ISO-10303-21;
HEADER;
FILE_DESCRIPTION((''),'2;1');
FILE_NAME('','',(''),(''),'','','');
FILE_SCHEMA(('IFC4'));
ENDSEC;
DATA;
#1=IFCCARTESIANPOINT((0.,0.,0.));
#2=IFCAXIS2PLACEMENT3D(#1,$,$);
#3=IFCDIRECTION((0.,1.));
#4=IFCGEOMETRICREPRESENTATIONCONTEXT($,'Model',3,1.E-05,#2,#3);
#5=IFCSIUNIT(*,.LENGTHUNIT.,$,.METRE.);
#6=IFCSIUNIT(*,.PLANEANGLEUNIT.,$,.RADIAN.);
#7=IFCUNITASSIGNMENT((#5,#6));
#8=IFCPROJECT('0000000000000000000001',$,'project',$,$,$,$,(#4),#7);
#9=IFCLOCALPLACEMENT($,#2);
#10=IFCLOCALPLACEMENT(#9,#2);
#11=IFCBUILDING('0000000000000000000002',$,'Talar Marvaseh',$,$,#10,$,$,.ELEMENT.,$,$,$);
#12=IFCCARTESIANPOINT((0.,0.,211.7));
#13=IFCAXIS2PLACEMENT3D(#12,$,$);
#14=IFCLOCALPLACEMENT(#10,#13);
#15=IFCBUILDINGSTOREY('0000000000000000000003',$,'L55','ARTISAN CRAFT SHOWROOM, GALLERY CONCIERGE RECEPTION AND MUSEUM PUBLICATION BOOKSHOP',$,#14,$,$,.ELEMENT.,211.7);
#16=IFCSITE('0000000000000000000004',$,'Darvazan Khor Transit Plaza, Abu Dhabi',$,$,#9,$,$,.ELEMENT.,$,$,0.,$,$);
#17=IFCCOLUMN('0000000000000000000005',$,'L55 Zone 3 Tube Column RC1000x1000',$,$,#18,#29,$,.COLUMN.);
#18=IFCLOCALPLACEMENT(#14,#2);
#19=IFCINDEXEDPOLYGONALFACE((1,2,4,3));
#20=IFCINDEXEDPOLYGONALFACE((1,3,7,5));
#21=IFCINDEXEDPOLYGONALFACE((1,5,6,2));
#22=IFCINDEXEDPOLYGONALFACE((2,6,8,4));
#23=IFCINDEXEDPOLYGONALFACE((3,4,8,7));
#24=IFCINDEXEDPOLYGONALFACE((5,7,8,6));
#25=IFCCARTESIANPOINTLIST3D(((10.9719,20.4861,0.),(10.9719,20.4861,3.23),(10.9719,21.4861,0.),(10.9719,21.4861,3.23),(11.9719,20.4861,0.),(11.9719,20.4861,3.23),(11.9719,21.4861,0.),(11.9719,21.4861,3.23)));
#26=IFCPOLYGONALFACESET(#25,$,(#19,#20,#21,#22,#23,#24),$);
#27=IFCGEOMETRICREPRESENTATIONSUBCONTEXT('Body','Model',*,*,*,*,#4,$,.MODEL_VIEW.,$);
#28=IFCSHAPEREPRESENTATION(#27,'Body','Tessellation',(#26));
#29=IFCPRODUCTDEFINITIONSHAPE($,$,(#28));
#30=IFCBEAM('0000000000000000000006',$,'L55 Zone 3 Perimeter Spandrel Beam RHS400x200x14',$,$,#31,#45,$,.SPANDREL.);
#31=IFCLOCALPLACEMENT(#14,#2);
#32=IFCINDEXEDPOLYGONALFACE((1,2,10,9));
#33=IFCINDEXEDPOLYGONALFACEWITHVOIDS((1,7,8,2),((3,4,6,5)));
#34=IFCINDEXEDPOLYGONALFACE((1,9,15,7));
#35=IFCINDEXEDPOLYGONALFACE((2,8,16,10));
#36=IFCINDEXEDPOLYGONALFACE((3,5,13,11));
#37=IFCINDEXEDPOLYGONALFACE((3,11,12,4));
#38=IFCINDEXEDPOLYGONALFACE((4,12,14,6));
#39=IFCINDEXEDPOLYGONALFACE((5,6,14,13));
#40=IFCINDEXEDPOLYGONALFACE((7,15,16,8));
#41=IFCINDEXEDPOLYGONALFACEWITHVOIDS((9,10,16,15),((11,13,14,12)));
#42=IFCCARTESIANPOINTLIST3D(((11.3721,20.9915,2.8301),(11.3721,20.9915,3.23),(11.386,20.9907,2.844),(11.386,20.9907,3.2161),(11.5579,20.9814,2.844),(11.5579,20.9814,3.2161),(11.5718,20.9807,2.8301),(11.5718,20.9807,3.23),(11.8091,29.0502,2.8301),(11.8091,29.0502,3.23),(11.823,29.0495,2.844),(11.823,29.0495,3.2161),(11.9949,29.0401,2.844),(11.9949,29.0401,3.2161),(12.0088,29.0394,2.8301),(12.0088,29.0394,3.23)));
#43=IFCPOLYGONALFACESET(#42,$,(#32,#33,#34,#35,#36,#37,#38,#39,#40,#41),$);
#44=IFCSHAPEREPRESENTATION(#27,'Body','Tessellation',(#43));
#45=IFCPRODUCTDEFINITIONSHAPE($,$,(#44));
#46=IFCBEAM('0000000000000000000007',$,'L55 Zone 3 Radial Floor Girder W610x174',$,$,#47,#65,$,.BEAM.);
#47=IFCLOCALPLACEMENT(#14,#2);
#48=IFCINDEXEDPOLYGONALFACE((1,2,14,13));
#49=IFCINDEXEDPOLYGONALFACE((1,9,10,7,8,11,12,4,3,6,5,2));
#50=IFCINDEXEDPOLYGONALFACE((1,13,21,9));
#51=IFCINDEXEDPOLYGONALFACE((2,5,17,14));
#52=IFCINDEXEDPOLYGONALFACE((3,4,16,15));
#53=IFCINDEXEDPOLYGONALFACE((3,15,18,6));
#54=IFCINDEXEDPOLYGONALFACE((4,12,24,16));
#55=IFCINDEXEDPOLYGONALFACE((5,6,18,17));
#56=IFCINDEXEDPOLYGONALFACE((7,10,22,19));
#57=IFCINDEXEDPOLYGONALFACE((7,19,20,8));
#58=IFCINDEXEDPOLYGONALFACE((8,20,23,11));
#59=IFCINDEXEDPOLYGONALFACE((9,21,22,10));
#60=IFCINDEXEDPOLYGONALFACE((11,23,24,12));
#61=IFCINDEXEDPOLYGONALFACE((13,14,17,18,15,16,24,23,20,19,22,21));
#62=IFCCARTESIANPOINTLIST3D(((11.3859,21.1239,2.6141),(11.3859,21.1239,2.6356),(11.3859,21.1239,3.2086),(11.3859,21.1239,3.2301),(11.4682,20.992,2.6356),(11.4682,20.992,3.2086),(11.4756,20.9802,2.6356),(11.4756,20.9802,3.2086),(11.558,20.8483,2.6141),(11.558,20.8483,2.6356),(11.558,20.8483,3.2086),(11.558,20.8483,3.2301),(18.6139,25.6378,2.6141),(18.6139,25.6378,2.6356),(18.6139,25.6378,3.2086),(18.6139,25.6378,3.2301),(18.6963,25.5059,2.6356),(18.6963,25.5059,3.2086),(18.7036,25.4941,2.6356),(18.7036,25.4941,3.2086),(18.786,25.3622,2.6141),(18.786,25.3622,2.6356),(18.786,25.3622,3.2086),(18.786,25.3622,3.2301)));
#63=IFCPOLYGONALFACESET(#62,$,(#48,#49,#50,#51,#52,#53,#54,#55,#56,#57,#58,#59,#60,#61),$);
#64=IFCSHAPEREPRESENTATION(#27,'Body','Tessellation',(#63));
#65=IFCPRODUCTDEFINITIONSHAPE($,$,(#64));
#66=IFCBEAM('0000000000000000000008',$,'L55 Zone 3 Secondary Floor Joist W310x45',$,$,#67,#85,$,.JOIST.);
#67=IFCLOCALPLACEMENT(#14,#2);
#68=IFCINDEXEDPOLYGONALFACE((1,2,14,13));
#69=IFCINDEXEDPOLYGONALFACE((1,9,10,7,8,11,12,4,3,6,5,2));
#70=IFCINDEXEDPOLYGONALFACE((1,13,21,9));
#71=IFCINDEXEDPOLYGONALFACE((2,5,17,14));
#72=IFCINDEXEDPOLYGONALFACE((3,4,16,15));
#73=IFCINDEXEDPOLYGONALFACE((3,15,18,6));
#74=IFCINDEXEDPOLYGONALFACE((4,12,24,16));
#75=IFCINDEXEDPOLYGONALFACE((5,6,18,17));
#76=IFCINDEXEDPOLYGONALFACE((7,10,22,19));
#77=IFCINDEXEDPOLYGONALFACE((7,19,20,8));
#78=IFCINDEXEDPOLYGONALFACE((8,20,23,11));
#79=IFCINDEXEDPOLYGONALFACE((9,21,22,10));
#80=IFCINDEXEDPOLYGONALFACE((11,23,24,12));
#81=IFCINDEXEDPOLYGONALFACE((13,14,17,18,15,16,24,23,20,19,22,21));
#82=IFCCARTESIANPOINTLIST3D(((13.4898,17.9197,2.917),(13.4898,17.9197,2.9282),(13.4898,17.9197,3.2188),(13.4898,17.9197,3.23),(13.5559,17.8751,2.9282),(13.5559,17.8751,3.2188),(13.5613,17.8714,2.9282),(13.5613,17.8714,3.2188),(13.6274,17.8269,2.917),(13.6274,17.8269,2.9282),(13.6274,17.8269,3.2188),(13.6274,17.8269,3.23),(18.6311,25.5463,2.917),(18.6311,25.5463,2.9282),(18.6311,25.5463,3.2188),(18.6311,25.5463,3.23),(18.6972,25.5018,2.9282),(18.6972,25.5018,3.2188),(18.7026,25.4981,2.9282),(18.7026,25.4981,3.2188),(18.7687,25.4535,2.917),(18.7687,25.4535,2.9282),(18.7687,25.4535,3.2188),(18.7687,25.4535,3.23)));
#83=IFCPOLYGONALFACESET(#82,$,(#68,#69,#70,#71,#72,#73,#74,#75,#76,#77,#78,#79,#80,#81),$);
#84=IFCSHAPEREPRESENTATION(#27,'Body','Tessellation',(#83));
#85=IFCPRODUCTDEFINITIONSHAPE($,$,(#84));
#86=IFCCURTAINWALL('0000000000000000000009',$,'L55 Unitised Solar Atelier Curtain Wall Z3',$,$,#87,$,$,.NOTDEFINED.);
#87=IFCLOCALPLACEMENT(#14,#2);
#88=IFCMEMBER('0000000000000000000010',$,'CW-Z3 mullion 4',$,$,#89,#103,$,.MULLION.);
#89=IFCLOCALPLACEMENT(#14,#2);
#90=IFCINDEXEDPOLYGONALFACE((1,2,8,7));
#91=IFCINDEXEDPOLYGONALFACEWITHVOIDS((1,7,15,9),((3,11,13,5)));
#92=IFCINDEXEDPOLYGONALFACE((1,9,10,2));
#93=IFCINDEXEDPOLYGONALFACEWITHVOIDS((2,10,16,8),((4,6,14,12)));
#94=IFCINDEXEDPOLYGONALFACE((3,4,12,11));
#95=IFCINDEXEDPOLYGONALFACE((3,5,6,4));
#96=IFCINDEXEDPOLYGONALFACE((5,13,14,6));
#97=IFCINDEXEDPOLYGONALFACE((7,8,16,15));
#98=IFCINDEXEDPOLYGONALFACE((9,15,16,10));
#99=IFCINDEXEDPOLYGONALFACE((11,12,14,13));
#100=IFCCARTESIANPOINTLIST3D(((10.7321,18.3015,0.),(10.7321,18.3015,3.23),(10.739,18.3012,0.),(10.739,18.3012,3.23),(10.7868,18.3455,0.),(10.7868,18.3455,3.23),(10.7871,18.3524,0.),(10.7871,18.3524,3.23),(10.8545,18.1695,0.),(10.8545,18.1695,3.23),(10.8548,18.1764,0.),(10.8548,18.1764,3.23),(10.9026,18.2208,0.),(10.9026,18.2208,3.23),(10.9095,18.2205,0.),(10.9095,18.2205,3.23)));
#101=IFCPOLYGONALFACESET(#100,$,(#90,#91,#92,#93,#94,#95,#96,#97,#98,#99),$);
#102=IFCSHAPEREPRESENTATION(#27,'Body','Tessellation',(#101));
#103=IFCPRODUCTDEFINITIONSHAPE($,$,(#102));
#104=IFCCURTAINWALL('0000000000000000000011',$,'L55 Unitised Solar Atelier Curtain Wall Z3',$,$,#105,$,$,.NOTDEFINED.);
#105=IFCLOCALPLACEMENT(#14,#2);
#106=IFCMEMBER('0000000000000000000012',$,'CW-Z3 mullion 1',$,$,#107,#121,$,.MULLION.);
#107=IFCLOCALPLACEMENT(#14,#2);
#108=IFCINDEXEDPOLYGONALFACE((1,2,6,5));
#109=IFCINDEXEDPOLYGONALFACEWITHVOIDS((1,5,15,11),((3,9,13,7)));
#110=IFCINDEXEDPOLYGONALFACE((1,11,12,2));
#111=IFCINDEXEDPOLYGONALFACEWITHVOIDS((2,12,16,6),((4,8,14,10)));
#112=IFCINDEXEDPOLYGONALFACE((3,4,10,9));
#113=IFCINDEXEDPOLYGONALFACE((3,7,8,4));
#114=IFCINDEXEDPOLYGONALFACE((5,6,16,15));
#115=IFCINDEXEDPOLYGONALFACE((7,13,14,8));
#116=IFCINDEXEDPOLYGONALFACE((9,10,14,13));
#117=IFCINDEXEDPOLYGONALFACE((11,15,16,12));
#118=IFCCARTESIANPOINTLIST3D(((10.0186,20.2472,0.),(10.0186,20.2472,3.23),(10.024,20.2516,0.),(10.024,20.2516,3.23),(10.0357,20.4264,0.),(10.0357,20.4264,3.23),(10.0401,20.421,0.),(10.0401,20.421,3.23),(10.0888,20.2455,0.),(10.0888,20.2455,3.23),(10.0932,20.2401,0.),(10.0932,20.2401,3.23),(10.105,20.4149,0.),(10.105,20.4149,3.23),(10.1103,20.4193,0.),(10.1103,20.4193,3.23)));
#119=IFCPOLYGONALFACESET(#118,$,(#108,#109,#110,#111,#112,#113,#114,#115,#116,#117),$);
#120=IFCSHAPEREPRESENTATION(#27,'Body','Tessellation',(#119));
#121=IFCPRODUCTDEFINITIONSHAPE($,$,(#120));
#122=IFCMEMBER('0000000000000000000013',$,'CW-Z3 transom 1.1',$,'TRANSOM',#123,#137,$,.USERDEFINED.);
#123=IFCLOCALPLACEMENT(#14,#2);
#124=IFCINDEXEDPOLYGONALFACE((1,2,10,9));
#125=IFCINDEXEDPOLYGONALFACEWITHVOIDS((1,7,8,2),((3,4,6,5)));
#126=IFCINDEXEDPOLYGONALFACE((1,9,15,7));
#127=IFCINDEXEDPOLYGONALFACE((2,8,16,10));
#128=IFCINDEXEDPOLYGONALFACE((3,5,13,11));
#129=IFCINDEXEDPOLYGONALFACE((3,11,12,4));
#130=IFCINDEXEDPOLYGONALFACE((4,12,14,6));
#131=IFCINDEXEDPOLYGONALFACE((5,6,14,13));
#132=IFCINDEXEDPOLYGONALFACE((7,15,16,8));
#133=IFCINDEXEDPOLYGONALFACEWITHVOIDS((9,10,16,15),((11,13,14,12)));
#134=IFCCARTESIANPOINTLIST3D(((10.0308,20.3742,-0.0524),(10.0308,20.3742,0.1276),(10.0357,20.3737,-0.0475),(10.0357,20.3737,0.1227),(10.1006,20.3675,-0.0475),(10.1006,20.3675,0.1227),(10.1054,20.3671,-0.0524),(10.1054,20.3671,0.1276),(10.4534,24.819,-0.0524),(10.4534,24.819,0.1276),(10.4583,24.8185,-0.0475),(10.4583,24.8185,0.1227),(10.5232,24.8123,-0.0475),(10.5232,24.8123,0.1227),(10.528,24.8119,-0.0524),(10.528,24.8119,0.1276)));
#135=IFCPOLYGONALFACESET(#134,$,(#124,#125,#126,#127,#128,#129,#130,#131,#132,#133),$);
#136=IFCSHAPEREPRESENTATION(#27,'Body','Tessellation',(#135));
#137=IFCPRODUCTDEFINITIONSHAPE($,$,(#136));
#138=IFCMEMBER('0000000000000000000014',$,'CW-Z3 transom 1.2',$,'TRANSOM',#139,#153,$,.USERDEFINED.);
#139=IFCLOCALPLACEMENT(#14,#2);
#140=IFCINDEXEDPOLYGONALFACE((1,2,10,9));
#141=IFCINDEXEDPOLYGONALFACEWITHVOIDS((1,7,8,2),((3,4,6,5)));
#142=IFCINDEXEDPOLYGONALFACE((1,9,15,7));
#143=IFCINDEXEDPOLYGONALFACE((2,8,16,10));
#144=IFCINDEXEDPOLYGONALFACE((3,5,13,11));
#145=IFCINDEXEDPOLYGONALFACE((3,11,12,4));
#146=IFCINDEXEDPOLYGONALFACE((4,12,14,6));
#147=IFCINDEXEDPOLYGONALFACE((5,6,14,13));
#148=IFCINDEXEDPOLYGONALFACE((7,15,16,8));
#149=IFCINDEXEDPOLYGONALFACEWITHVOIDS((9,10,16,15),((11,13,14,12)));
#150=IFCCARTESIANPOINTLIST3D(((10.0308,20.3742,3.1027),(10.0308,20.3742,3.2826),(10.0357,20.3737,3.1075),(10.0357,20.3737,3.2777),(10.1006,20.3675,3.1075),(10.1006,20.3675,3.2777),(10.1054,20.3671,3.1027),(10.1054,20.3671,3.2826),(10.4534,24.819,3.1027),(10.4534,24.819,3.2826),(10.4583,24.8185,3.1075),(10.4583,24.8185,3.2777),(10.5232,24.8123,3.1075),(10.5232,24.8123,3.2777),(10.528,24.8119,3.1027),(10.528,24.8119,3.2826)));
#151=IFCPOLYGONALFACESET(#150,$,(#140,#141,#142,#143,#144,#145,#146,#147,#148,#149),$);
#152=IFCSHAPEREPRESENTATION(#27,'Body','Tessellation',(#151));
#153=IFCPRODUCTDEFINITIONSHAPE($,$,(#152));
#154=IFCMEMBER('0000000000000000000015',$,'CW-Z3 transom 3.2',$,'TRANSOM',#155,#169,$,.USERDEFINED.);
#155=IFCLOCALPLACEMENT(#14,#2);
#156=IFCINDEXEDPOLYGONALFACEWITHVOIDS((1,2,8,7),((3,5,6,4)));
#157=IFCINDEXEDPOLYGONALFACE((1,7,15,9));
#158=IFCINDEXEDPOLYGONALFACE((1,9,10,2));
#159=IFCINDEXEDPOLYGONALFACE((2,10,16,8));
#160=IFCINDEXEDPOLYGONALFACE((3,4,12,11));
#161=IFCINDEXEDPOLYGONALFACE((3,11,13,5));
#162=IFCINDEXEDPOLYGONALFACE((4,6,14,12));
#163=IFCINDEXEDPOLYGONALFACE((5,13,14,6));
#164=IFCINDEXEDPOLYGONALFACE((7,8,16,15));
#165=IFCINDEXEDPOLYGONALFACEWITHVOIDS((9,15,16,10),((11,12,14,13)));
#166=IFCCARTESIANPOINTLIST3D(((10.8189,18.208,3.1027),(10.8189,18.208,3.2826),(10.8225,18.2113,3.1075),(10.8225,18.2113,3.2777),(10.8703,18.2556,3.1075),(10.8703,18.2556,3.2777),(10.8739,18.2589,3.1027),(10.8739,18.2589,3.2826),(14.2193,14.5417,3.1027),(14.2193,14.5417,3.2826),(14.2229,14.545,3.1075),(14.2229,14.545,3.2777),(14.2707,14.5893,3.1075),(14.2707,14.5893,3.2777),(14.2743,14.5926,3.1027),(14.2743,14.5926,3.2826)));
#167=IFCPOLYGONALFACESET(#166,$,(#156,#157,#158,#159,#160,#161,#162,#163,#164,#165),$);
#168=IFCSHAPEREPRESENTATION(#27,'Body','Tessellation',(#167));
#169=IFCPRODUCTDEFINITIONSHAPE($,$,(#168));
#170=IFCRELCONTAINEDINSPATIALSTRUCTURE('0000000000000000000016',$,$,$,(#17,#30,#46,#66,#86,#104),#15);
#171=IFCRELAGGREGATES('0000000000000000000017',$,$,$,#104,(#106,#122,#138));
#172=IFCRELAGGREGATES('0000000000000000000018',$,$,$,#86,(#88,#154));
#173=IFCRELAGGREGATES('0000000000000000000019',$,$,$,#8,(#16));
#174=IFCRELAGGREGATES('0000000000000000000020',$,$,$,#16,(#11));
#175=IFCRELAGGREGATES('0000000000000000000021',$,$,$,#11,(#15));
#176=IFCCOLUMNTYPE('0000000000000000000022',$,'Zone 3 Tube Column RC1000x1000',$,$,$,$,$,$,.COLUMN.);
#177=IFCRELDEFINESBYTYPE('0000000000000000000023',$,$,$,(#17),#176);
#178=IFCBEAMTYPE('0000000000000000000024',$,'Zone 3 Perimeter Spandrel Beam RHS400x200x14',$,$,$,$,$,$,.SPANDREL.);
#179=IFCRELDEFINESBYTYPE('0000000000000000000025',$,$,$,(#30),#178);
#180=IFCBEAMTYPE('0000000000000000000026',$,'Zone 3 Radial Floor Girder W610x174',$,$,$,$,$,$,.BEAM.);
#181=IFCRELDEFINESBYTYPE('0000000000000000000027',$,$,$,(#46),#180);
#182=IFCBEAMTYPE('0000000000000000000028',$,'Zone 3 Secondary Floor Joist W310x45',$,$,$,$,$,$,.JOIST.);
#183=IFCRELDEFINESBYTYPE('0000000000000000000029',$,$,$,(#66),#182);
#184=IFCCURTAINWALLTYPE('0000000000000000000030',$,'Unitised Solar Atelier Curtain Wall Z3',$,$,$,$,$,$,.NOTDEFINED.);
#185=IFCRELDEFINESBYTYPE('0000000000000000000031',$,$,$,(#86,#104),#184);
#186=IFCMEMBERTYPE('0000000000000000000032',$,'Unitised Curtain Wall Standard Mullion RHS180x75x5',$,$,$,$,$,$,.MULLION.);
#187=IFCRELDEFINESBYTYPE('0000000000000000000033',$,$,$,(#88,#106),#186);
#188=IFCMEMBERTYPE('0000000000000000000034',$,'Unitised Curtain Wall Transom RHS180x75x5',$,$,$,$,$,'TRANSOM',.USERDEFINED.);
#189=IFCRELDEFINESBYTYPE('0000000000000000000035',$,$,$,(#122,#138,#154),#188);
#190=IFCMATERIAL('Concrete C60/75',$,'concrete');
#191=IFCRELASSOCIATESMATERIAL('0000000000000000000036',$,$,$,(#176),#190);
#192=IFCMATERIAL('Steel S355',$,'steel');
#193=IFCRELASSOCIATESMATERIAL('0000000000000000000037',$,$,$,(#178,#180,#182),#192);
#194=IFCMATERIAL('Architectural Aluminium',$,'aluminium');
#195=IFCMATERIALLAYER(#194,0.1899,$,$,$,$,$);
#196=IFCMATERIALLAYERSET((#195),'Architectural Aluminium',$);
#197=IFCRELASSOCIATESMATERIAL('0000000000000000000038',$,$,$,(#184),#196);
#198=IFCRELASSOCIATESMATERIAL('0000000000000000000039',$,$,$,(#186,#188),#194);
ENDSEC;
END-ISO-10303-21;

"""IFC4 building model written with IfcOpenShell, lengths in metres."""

from ifc_helpers import new_model, si_unit, direction, frame, origin, origin_2d, place, context, subcontext, project, spatial, rectangle, hollow_rectangle, i_section, extrude, source, transform, mapped, material, layer, layer_set, material_profile, profile_set, type_object, type_shapes, element, aggregate, save


model = new_model("IFC4")

# Units and contexts
model_context = context("Model", 3, precision=1e-05, world=origin(), true_north=direction((0.0, 1.0)))
body_context = subcontext(model_context, "Body", "Model", "MODEL_VIEW")
ifc_project = project(units=[si_unit("LENGTHUNIT", "METRE"), si_unit("PLANEANGLEUNIT", "RADIAN")], contexts=[model_context])

# Site, building, storey
site_placement = place(None, origin())
site = spatial("IfcSite", under=ifc_project, at=site_placement, Name="Darvazan Khor Transit Plaza, Abu Dhabi", CompositionType="ELEMENT", RefElevation=0.0)
building_placement = place(site_placement, origin())
building = spatial("IfcBuilding", under=site, at=building_placement, Name="Talar Marvaseh", CompositionType="ELEMENT")
storey_placement = place(building_placement, frame((0.0, 0.0, 211.7)))
storey = spatial("IfcBuildingStorey", under=building, at=storey_placement, Name="L55", Description="ARTISAN CRAFT SHOWROOM, GALLERY CONCIERGE RECEPTION AND MUSEUM PUBLICATION BOOKSHOP", CompositionType="ELEMENT", Elevation=211.7)

# Column
ifc_material_1 = material(Name="Concrete C60/75", Category="concrete")
ifc_material_profile_1 = material_profile(ifc_material_1, rectangle(XDim=1.0, YDim=1.0, at=origin_2d()), Name="RC1000x1000")
ifc_profile_set_1 = profile_set([ifc_material_profile_1], Name="Concrete C60/75")
column_type = type_object("IfcColumnType", Name="Zone 3 Tube Column RC1000x1000", PredefinedType="COLUMN", material=ifc_profile_set_1)
column_placement = place(storey_placement, frame((11.4719, 20.9861, 0.0), z_axis=(0.0, 0.0, 1.0), x_axis=(1.0, 0.0, 0.0)))
element("IfcColumn", 1, at=column_placement, inside=storey, type_object=column_type, Name="L55 Zone 3 Tube Column RC1000x1000", PredefinedType="COLUMN", context=body_context, shape_type="SweptSolid", body=[
    extrude(rectangle(XDim=1.0, YDim=1.0, at=origin_2d()), origin(), (0.0, 0.0, 1.0), 3.23),
])

# Beams
ifc_material_2 = material(Name="Steel S355", Category="steel")
ifc_material_profile_2 = material_profile(ifc_material_2, hollow_rectangle(XDim=0.2, YDim=0.3999, WallThickness=0.0139, at=origin_2d()), Name="RHS400x200x14")
ifc_profile_set_2 = profile_set([ifc_material_profile_2], Name="Steel S355")
beam_type_1 = type_object("IfcBeamType", Name="Zone 3 Perimeter Spandrel Beam RHS400x200x14", PredefinedType="SPANDREL", material=ifc_profile_set_2)
beam_1_placement = place(storey_placement, frame((11.4719, 20.9861, 3.03), z_axis=(0.054148, 0.998533, 0.0), x_axis=(-0.998533, 0.054148, 0.0)))
element("IfcBeam", 2, at=beam_1_placement, inside=storey, type_object=beam_type_1, Name="L55 Zone 3 Perimeter Spandrel Beam RHS400x200x14", PredefinedType="SPANDREL", context=body_context, shape_type="SweptSolid", body=[
    extrude(hollow_rectangle(XDim=0.2, YDim=0.3999, WallThickness=0.0139, at=origin_2d()), origin(), (0.0, 0.0, 1.0), 8.0706),
])
ifc_material_profile_3 = material_profile(ifc_material_2, i_section(OverallWidth=0.325, OverallDepth=0.616, WebThickness=0.0139, FlangeThickness=0.0215, at=origin_2d()), Name="W610x174")
ifc_profile_set_3 = profile_set([ifc_material_profile_3], Name="Steel S355")
beam_type_2 = type_object("IfcBeamType", Name="Zone 3 Radial Floor Girder W610x174", PredefinedType="BEAM", material=ifc_profile_set_3)
beam_2_placement = place(storey_placement, frame((11.4719, 20.9861, 2.9221), z_axis=(0.848188, 0.529695, 0.0), x_axis=(-0.529695, 0.848188, 0.0)))
element("IfcBeam", 3, at=beam_2_placement, inside=storey, type_object=beam_type_2, Name="L55 Zone 3 Radial Floor Girder W610x174", PredefinedType="BEAM", context=body_context, shape_type="SweptSolid", body=[
    extrude(i_section(OverallWidth=0.325, OverallDepth=0.616, WebThickness=0.0139, FlangeThickness=0.0215, at=origin_2d()), origin(), (0.0, 0.0, 1.0), 8.5217),
])
ifc_material_profile_4 = material_profile(ifc_material_2, i_section(OverallWidth=0.166, OverallDepth=0.313, WebThickness=0.0066, FlangeThickness=0.0112, at=origin_2d()), Name="W310x45")
ifc_profile_set_4 = profile_set([ifc_material_profile_4], Name="Steel S355")
beam_type_3 = type_object("IfcBeamType", Name="Zone 3 Secondary Floor Joist W310x45", PredefinedType="JOIST", material=ifc_profile_set_4)
beam_3_placement = place(storey_placement, frame((13.5586, 17.8733, 3.0735), z_axis=(0.558974, 0.829185, 0.0), x_axis=(-0.829185, 0.558974, 0.0)))
element("IfcBeam", 4, at=beam_3_placement, inside=storey, type_object=beam_type_3, Name="L55 Zone 3 Secondary Floor Joist W310x45", PredefinedType="JOIST", context=body_context, shape_type="SweptSolid", body=[
    extrude(i_section(OverallWidth=0.166, OverallDepth=0.313, WebThickness=0.0066, FlangeThickness=0.0112, at=origin_2d()), origin(), (0.0, 0.0, 1.0), 9.1978),
])

# Curtain wall, member
ifc_material_3 = material(Name="Architectural Aluminium", Category="aluminium")
ifc_layer_1 = layer(ifc_material_3, 0.1899)
ifc_layer_set_1 = layer_set([ifc_layer_1], Name="Architectural Aluminium")
curtain_wall_type = type_object("IfcCurtainWallType", Name="Unitised Solar Atelier Curtain Wall Z3", PredefinedType="NOTDEFINED", material=ifc_layer_set_1)
curtain_wall_1_placement = place(storey_placement, origin())
curtain_wall_1 = element("IfcCurtainWall", 5, at=curtain_wall_1_placement, inside=storey, type_object=curtain_wall_type, Name="L55 Unitised Solar Atelier Curtain Wall Z3", PredefinedType="NOTDEFINED")
ifc_material_profile_5 = material_profile(ifc_material_3, hollow_rectangle(XDim=0.075, YDim=0.1799, WallThickness=0.0049, at=origin_2d()), Name="RHS180x75x5")
ifc_profile_set_5 = profile_set([ifc_material_profile_5], Name="Architectural Aluminium")
member_type_1 = type_object("IfcMemberType", Name="Unitised Curtain Wall Standard Mullion RHS180x75x5", PredefinedType="MULLION", material=ifc_profile_set_5)
shared_shape_1 = source(origin(), body_context, "Body", "SweptSolid", [
    extrude(hollow_rectangle(XDim=0.075, YDim=0.1799, WallThickness=0.0049, at=origin_2d()), origin(), (0.0, 0.0, 1.0), 3.23),
])
type_shapes(member_type_1, [shared_shape_1])
member_1_placement = place(storey_placement, frame((10.8208, 18.261, 0.0), z_axis=(0.0, 0.0, 1.0), x_axis=(-0.733183, -0.680031, 0.0)))
member_1 = element("IfcMember", 6, at=member_1_placement, type_object=member_type_1, Name="CW-Z3 mullion 4", PredefinedType="MULLION", context=body_context, shape_type="MappedRepresentation", body=[
    mapped(shared_shape_1, transform((0.0, 0.0, 0.0), x_axis=(1.0, 0.0, 0.0), y_axis=(0.0, 1.0, 0.0), z_axis=(0.0, 0.0, 1.0), scale=1.0)),
])

# Curtain wall, members
curtain_wall_2_placement = place(storey_placement, origin())
curtain_wall_2 = element("IfcCurtainWall", 7, at=curtain_wall_2_placement, inside=storey, type_object=curtain_wall_type, Name="L55 Unitised Solar Atelier Curtain Wall Z3", PredefinedType="NOTDEFINED")
member_2_placement = place(storey_placement, frame((10.0645, 20.3333, 0.0), z_axis=(0.0, 0.0, 1.0), x_axis=(-0.995509, 0.094671, 0.0)))
member_2 = element("IfcMember", 8, at=member_2_placement, type_object=member_type_1, Name="CW-Z3 mullion 1", PredefinedType="MULLION", context=body_context, shape_type="MappedRepresentation", body=[
    mapped(shared_shape_1, transform((0.0, 0.0, 0.0), x_axis=(1.0, 0.0, 0.0), y_axis=(0.0, 1.0, 0.0), z_axis=(0.0, 0.0, 1.0), scale=1.0)),
])
ifc_material_profile_6 = material_profile(ifc_material_3, hollow_rectangle(XDim=0.075, YDim=0.1799, WallThickness=0.0049, at=origin_2d()), Name="RHS180x75x5")
ifc_profile_set_6 = profile_set([ifc_material_profile_6], Name="Architectural Aluminium")
member_type_2 = type_object("IfcMemberType", Name="Unitised Curtain Wall Transom RHS180x75x5", ElementType="TRANSOM", PredefinedType="USERDEFINED", material=ifc_profile_set_6)
shared_shape_2 = source(origin(), body_context, "Body", "SweptSolid", [
    extrude(hollow_rectangle(XDim=0.075, YDim=0.1799, WallThickness=0.0049, at=origin_2d()), origin(), (0.0, 0.0, 1.0), 4.4648),
])
member_3_placement = place(storey_placement, frame((10.0681, 20.3706, 0.0376), z_axis=(0.094652, 0.99551, 0.0), x_axis=(-0.99551, 0.094652, 0.0)))
member_3 = element("IfcMember", 9, at=member_3_placement, type_object=member_type_2, Name="CW-Z3 transom 1.1", ObjectType="TRANSOM", PredefinedType="USERDEFINED", context=body_context, shape_type="MappedRepresentation", body=[
    mapped(shared_shape_2, transform((0.0, 0.0, 0.0), x_axis=(1.0, 0.0, 0.0), y_axis=(0.0, 1.0, 0.0), z_axis=(0.0, 0.0, 1.0), scale=1.0)),
])
member_4_placement = place(storey_placement, frame((10.0681, 20.3706, 3.1926), z_axis=(0.094652, 0.99551, 0.0), x_axis=(-0.99551, 0.094652, 0.0)))
member_4 = element("IfcMember", 10, at=member_4_placement, type_object=member_type_2, Name="CW-Z3 transom 1.2", ObjectType="TRANSOM", PredefinedType="USERDEFINED", context=body_context, shape_type="MappedRepresentation", body=[
    mapped(shared_shape_2, transform((0.0, 0.0, 0.0), x_axis=(1.0, 0.0, 0.0), y_axis=(0.0, 1.0, 0.0), z_axis=(0.0, 0.0, 1.0), scale=1.0)),
])
aggregate(curtain_wall_2, [member_2, member_3, member_4])

# Member
shared_shape_3 = source(origin(), body_context, "Body", "SweptSolid", [
    extrude(hollow_rectangle(XDim=0.075, YDim=0.1799, WallThickness=0.0049, at=origin_2d()), origin(), (0.0, 0.0, 1.0), 5.0005),
])
type_shapes(member_type_2, [shared_shape_2, shared_shape_3])
member_5_placement = place(storey_placement, frame((14.2468, 14.5671, 3.1926), z_axis=(-0.680022, 0.733192, 0.0), x_axis=(-0.733192, -0.680022, 0.0)))
member_5 = element("IfcMember", 11, at=member_5_placement, type_object=member_type_2, Name="CW-Z3 transom 3.2", ObjectType="TRANSOM", PredefinedType="USERDEFINED", context=body_context, shape_type="MappedRepresentation", body=[
    mapped(shared_shape_3, transform((0.0, 0.0, 0.0), x_axis=(1.0, 0.0, 0.0), y_axis=(0.0, 1.0, 0.0), z_axis=(0.0, 0.0, 1.0), scale=1.0)),
])

aggregate(curtain_wall_1, [member_1, member_5])

save(model, "model.ifc")
